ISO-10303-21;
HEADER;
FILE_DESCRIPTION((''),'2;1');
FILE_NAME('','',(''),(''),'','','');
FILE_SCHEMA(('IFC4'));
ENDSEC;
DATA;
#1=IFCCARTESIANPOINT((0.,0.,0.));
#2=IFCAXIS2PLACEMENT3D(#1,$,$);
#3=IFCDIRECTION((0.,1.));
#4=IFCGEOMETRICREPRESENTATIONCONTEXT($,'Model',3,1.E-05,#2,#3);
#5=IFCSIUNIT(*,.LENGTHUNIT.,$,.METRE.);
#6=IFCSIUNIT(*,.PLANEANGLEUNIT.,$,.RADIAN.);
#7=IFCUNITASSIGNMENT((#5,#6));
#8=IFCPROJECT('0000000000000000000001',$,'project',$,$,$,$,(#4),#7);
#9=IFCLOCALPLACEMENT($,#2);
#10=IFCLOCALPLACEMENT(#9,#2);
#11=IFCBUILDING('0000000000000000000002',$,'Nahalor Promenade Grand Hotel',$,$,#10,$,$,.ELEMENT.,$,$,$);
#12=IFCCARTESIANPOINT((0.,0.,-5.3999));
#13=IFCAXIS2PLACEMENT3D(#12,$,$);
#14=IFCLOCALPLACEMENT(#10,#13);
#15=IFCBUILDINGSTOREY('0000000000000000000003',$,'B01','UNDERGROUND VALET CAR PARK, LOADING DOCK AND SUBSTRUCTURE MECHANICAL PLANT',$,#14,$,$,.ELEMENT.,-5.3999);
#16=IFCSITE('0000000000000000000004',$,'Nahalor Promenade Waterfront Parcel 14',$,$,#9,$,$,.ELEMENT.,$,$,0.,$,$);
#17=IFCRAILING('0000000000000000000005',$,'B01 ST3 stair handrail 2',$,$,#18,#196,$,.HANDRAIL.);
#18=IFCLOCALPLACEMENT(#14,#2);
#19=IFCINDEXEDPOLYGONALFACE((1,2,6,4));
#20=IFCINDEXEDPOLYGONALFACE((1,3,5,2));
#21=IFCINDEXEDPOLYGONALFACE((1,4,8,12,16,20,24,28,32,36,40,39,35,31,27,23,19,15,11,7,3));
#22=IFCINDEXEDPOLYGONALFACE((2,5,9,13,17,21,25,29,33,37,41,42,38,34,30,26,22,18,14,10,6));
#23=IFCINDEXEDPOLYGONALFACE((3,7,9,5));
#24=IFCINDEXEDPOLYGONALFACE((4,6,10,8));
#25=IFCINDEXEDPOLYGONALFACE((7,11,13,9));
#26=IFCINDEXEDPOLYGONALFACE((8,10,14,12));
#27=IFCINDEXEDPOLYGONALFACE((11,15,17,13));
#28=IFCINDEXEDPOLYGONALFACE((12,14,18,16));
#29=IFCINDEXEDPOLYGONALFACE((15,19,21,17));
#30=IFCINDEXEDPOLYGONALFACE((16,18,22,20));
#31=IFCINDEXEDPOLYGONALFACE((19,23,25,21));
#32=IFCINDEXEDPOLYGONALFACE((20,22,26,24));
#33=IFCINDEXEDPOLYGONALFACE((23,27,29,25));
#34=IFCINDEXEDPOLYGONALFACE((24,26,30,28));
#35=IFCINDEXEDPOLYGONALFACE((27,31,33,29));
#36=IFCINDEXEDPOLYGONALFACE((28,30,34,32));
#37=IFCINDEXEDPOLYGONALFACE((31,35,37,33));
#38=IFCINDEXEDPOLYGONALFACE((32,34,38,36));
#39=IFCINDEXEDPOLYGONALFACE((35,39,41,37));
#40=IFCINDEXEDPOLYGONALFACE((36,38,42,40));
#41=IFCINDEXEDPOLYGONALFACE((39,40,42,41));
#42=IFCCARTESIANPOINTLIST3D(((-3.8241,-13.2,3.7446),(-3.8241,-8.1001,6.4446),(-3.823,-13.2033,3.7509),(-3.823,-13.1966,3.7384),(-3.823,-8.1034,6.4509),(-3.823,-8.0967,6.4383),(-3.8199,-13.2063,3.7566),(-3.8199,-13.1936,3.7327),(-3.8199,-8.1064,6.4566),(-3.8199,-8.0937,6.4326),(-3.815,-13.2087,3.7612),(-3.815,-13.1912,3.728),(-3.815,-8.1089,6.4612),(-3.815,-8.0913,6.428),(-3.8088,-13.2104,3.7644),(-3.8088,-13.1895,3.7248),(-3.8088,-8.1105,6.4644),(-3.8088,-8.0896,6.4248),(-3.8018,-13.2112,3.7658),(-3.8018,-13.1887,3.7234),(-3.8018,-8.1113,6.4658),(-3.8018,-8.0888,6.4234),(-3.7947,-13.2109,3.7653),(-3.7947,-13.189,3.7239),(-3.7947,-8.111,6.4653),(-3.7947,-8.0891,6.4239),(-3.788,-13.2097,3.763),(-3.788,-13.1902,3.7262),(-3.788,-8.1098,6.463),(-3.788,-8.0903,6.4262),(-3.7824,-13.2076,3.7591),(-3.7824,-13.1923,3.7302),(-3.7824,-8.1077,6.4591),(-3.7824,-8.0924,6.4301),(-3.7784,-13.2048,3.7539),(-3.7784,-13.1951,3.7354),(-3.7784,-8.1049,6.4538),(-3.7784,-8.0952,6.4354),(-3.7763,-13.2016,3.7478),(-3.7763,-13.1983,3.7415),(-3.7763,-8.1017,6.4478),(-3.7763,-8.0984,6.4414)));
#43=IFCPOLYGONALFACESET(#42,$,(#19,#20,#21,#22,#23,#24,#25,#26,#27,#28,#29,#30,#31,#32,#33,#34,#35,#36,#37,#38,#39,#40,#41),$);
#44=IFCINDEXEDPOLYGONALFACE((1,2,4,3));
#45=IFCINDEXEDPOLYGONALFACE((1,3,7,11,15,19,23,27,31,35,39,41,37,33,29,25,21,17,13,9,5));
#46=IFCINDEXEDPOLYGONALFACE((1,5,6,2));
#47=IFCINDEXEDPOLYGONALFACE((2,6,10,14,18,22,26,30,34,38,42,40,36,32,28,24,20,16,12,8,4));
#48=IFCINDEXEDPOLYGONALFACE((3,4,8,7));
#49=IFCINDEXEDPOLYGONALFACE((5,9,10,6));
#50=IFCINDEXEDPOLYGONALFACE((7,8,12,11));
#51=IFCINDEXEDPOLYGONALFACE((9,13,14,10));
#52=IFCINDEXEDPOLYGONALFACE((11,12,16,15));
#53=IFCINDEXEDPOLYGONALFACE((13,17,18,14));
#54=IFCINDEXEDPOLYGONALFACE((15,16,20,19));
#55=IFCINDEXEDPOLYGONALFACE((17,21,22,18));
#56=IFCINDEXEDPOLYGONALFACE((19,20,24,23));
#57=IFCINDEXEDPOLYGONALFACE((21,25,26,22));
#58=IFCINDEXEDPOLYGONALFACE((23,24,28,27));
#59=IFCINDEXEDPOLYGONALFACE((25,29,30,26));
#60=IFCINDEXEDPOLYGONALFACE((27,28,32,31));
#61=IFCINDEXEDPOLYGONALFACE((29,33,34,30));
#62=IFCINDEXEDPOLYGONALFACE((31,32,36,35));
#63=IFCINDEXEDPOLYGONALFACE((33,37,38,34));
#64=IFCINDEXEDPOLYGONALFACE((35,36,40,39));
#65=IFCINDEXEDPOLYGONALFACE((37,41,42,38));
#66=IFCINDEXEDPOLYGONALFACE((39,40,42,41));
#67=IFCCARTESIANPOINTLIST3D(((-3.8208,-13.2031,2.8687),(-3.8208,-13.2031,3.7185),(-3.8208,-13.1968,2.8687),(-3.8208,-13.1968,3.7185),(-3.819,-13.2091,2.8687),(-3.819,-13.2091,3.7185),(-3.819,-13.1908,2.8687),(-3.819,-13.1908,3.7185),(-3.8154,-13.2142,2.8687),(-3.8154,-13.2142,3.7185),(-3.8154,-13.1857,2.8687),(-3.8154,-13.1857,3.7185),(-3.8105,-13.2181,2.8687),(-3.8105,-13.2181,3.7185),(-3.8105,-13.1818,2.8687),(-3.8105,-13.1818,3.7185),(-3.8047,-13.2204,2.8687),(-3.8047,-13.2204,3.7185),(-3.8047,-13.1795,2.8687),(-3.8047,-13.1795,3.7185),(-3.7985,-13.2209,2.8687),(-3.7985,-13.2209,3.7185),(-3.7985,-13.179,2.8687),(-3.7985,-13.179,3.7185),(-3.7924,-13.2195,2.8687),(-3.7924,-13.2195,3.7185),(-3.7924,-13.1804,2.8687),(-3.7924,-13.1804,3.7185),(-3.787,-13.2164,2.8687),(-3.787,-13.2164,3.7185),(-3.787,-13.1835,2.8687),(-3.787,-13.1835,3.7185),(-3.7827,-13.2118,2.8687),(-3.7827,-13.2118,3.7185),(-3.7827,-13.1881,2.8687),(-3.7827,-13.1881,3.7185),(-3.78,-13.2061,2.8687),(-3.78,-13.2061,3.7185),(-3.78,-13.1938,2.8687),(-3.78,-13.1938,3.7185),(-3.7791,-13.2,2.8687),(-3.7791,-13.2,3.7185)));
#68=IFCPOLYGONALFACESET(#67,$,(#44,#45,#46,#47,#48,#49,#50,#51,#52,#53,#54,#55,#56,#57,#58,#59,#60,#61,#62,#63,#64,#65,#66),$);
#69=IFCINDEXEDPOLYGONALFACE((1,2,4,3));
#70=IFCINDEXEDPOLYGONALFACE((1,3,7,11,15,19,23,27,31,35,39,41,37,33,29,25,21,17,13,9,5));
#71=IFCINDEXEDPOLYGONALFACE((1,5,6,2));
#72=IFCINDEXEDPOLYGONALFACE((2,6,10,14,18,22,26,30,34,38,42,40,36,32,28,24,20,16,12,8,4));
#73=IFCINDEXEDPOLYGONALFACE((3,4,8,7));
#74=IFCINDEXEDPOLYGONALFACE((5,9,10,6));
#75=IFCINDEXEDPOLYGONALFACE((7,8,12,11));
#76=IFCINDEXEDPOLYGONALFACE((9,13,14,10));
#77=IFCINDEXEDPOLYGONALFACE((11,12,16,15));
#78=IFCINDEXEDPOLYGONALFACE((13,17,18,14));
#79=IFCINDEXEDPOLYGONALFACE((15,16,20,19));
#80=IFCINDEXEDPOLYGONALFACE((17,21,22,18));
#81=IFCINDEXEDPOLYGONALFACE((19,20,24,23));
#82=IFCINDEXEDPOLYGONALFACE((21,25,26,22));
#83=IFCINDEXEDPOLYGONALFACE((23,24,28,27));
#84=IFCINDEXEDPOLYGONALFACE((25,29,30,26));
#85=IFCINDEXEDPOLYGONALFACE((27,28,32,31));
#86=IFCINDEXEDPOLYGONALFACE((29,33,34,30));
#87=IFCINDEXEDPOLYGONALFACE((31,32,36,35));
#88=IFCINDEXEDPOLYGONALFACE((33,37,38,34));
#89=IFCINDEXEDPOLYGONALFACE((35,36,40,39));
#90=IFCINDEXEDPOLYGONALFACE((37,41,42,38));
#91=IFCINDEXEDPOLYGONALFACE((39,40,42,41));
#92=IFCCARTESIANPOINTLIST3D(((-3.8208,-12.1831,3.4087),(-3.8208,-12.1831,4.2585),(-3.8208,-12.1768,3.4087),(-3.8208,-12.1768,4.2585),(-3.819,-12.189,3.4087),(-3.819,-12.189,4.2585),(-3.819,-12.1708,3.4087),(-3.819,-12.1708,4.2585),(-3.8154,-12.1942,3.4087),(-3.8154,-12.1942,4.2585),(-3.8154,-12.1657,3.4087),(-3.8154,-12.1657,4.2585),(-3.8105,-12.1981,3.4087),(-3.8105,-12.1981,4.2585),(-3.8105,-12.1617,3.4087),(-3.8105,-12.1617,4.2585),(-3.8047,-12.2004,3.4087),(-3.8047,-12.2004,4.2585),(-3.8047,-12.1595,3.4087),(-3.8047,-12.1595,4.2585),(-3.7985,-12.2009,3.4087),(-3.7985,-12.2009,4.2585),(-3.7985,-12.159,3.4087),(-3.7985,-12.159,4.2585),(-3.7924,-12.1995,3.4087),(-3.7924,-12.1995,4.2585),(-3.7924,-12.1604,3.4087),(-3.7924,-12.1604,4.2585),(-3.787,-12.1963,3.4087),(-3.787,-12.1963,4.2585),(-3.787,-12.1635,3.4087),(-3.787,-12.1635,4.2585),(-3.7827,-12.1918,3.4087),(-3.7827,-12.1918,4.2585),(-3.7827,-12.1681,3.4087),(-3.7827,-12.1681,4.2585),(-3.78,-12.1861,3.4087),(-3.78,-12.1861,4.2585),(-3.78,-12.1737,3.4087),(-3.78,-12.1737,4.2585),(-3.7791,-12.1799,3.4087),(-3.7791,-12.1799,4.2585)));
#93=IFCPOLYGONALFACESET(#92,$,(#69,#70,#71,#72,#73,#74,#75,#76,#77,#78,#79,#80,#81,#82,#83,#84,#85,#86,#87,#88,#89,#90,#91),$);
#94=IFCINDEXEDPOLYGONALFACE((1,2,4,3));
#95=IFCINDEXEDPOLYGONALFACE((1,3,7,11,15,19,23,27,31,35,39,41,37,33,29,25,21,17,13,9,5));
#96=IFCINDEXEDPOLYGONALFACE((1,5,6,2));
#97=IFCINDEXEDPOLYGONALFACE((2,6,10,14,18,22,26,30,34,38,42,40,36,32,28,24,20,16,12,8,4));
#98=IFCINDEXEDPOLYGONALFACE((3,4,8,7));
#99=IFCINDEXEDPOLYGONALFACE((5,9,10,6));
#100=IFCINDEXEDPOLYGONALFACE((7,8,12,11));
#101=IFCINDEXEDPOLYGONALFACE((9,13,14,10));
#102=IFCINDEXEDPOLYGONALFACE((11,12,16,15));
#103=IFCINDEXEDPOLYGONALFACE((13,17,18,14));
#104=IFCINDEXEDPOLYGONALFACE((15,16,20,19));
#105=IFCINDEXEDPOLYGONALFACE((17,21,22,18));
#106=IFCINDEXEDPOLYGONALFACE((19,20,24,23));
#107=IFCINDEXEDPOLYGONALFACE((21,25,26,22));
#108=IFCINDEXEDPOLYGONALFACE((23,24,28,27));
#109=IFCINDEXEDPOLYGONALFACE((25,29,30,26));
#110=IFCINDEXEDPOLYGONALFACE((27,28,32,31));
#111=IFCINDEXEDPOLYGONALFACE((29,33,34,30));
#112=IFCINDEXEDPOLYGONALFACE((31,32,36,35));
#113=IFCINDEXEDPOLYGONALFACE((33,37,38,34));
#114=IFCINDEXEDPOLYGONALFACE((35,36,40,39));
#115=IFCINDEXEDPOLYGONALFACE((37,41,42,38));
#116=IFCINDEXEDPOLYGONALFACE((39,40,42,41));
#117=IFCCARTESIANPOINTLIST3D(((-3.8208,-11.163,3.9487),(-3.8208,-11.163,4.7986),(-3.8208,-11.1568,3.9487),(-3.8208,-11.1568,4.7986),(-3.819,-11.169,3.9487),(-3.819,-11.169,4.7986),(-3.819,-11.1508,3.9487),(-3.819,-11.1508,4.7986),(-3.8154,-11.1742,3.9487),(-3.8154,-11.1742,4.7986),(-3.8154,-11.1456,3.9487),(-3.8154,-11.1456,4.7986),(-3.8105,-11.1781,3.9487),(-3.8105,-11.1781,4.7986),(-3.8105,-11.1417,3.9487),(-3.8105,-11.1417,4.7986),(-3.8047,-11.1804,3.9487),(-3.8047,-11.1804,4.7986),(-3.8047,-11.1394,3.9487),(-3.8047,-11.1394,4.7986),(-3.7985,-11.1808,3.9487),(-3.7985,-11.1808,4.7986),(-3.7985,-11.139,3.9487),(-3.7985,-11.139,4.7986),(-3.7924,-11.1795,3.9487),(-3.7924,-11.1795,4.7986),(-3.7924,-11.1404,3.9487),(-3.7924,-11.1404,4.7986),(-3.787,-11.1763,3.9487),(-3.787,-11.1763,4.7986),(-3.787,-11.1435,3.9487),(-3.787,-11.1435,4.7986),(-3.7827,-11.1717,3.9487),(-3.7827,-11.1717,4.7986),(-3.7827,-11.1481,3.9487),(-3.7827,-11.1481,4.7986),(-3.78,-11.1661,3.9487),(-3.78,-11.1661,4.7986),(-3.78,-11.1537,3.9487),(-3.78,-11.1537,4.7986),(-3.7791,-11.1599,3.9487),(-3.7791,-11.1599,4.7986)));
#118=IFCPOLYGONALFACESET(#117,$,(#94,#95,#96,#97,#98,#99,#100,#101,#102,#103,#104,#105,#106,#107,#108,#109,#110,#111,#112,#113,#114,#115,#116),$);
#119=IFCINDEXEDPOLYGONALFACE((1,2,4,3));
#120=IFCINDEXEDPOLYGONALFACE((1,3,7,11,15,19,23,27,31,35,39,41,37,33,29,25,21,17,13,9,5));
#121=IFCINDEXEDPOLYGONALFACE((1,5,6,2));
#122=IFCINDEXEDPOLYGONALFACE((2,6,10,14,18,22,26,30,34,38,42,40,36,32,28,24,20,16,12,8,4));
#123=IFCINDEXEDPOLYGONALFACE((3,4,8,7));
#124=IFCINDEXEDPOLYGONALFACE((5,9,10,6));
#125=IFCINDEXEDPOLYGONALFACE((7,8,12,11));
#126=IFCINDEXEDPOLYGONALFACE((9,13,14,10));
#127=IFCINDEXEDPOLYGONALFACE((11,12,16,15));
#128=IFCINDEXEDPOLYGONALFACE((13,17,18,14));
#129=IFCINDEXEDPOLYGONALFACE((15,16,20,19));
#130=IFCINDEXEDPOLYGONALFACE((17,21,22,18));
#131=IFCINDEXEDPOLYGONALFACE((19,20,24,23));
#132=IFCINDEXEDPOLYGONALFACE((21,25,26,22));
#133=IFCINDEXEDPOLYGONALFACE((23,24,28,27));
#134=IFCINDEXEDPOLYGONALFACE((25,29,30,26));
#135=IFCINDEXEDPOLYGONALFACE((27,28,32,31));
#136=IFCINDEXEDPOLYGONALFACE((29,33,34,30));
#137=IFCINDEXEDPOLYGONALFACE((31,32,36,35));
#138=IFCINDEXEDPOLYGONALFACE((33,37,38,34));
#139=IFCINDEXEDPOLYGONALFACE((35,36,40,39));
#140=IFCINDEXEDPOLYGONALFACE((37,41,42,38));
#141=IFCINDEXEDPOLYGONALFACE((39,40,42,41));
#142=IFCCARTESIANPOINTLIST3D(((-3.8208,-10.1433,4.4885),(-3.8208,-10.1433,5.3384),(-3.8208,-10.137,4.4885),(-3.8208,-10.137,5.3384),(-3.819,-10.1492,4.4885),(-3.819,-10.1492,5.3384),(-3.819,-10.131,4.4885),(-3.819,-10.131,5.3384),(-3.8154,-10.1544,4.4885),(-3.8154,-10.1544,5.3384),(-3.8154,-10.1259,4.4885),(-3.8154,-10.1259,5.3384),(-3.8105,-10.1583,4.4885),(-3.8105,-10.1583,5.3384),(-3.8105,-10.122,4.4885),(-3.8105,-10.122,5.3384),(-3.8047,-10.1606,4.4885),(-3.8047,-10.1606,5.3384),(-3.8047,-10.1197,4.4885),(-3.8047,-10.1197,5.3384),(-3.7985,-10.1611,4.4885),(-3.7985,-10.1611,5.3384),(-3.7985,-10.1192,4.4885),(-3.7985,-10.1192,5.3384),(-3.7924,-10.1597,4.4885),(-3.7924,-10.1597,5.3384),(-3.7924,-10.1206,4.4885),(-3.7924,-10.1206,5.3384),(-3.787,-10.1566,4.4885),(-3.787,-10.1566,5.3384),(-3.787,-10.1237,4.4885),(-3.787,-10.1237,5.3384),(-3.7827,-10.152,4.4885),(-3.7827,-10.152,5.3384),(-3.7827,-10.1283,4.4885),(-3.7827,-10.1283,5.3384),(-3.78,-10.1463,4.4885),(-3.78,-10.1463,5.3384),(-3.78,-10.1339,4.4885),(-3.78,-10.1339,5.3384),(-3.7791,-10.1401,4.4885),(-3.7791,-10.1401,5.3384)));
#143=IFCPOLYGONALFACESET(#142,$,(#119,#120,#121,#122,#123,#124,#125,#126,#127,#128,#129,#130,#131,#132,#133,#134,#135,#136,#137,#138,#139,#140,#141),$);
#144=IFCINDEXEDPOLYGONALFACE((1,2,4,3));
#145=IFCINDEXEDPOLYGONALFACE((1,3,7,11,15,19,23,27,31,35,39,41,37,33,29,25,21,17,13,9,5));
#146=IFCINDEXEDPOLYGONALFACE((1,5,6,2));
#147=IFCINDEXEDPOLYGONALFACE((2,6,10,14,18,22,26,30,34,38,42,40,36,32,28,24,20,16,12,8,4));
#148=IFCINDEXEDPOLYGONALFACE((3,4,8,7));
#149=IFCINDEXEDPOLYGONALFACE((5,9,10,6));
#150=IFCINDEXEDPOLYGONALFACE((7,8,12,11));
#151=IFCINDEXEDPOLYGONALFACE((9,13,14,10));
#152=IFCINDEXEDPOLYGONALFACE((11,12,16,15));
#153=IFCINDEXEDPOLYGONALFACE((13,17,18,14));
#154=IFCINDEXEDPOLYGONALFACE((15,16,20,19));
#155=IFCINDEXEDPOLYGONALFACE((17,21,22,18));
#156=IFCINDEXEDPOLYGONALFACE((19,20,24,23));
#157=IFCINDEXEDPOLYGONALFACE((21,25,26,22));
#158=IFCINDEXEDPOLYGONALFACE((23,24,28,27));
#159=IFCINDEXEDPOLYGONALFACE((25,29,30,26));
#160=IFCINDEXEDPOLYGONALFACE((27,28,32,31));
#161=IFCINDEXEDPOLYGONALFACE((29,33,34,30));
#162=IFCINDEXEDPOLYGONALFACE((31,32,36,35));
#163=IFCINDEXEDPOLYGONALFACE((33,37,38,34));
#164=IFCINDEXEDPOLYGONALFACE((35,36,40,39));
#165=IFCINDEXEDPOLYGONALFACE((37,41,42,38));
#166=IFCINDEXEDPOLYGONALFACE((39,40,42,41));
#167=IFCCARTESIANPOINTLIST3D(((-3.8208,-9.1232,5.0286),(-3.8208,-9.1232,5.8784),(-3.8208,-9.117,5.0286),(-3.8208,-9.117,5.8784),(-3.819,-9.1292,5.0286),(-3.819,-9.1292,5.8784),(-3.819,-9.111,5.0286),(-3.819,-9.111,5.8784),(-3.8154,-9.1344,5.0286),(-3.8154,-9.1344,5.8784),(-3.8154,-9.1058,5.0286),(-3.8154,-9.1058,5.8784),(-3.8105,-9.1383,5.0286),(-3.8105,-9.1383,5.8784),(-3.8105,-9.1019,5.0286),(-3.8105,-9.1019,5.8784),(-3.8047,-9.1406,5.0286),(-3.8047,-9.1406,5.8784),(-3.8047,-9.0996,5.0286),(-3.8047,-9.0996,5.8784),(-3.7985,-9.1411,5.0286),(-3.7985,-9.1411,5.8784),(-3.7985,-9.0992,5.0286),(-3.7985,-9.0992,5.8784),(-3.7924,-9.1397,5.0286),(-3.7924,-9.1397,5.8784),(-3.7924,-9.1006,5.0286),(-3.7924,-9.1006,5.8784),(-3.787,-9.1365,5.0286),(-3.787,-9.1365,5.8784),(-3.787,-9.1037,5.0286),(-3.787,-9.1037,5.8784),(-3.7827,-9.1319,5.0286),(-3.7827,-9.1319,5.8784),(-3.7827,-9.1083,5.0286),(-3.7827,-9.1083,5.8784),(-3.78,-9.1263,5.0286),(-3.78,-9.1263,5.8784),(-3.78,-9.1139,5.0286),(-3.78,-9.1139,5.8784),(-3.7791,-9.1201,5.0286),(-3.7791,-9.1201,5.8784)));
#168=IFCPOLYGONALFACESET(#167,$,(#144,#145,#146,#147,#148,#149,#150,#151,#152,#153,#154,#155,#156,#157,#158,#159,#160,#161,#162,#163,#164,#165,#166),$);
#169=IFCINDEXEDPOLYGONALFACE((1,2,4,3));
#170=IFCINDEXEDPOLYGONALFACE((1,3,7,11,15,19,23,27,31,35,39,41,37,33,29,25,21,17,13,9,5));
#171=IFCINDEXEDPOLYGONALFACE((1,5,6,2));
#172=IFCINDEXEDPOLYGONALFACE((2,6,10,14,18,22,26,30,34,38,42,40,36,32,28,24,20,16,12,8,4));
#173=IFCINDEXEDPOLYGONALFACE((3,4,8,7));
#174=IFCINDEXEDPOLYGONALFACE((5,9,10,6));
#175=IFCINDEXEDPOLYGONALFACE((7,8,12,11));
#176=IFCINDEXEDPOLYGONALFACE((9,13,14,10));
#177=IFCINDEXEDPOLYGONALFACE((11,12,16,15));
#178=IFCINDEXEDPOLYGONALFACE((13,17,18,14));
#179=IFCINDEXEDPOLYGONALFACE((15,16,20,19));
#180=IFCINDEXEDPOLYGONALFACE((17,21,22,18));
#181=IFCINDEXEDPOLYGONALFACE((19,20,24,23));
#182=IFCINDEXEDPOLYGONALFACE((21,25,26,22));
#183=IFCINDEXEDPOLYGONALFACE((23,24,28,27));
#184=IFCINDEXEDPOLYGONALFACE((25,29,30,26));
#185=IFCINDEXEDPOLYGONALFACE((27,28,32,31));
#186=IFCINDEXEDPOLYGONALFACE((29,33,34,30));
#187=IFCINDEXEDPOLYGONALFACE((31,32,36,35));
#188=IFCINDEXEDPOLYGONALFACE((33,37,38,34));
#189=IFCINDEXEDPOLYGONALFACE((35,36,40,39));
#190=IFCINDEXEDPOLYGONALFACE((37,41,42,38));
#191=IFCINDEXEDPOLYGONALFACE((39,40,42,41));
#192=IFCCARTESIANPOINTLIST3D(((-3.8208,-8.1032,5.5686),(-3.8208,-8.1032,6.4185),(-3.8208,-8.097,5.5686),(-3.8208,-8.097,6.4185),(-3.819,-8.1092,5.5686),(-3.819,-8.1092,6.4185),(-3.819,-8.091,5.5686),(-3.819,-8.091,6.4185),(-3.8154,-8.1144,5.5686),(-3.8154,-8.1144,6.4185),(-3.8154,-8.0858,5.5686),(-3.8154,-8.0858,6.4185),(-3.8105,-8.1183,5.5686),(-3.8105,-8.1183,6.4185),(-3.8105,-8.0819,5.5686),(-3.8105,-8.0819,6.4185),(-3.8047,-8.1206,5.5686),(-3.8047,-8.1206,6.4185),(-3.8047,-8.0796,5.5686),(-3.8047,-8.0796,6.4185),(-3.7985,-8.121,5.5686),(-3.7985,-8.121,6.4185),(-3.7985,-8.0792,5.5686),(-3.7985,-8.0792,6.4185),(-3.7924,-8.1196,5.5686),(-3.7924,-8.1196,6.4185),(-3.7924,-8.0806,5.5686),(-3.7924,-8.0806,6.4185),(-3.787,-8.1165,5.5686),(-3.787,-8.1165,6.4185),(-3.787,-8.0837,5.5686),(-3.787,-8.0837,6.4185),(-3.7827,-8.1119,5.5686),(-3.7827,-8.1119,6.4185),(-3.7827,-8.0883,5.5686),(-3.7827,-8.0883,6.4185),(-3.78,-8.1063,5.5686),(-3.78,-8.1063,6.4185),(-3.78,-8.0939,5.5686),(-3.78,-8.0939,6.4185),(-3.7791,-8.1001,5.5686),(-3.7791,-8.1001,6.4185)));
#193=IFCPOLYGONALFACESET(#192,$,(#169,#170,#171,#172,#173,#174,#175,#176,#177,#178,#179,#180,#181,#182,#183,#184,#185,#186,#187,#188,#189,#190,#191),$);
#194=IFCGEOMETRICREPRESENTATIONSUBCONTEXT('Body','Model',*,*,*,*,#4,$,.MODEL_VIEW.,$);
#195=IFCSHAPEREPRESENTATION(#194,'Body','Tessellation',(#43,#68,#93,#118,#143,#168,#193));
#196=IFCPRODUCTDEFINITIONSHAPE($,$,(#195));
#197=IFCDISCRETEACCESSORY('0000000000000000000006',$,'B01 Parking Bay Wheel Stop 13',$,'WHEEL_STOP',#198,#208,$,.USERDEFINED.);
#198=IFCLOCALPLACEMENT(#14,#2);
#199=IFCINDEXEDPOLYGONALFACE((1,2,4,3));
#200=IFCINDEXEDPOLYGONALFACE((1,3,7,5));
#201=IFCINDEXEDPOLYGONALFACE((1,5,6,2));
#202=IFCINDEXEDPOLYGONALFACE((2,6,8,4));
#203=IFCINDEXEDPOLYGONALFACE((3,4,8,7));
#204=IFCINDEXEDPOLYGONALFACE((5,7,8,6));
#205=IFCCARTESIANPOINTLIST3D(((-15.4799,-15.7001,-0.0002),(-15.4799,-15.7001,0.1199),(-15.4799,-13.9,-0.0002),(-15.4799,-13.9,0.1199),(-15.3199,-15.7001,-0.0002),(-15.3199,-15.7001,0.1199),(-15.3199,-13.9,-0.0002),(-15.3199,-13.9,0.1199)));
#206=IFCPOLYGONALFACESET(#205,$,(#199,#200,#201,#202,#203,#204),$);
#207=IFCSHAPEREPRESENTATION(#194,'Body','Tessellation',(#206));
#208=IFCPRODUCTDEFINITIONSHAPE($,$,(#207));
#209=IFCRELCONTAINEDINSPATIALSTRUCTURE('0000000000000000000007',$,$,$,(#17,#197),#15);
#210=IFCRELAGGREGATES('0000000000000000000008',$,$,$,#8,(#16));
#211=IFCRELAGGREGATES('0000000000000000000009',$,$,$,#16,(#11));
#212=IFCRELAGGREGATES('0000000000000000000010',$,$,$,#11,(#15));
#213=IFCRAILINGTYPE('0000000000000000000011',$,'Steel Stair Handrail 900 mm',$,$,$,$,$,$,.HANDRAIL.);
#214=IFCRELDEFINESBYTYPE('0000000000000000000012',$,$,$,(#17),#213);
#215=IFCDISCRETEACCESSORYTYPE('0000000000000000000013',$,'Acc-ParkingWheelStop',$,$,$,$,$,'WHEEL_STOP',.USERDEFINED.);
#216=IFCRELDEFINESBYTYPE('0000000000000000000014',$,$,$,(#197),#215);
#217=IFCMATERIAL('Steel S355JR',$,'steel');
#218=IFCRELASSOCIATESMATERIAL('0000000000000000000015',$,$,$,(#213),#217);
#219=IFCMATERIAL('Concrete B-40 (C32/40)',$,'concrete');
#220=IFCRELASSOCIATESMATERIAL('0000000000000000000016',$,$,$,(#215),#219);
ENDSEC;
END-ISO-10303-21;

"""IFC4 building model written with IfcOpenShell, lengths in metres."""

from ifc_helpers import new_model, si_unit, direction, frame, origin, origin_2d, place, context, subcontext, project, spatial, rectangle, circle, extrude, source, transform, mapped, material, type_object, element, save


model = new_model("IFC4")

# Units and contexts
model_context = context("Model", 3, precision=1e-05, world=origin(), true_north=direction((0.0, 1.0)))
body_context = subcontext(model_context, "Body", "Model", "MODEL_VIEW")
ifc_project = project(units=[si_unit("LENGTHUNIT", "METRE"), si_unit("PLANEANGLEUNIT", "RADIAN")], contexts=[model_context])

# Site, building, storey
site_placement = place(None, origin())
site = spatial("IfcSite", under=ifc_project, at=site_placement, Name="Nahalor Promenade Waterfront Parcel 14", CompositionType="ELEMENT", RefElevation=0.0)
building_placement = place(site_placement, origin())
building = spatial("IfcBuilding", under=site, at=building_placement, Name="Nahalor Promenade Grand Hotel", CompositionType="ELEMENT")
storey_placement = place(building_placement, frame((0.0, 0.0, -5.3999)))
storey = spatial("IfcBuildingStorey", under=building, at=storey_placement, Name="B01", Description="UNDERGROUND VALET CAR PARK, LOADING DOCK AND SUBSTRUCTURE MECHANICAL PLANT", CompositionType="ELEMENT", Elevation=-5.3999)

# Shared definitions
ifc_material_1 = material(Name="Steel S355JR", Category="steel")

# Railing
railing_type_1 = type_object("IfcRailingType", Name="Steel Stair Handrail 900 mm", PredefinedType="HANDRAIL", material=ifc_material_1)
railing_1_placement = place(storey_placement, frame((-3.8, -13.2, 2.8687)))
element("IfcRailing", 1, at=railing_1_placement, inside=storey, type_object=railing_type_1, Name="B01 ST3 stair handrail 2", PredefinedType="HANDRAIL", context=body_context, shape_type="SweptSolid", body=[
    extrude(circle(Radius=0.024, at=origin_2d()), frame((0.0, 0.0, 0.876), z_axis=(0.0, 0.883786, 0.467892), x_axis=(-1.0, 0.0, 0.0)), (0.0, 0.0, 1.0), 5.7705),
    extrude(circle(Radius=0.021, at=origin_2d()), origin(), (0.0, 0.0, 1.0), 0.8499),
    extrude(circle(Radius=0.021, at=origin_2d()), frame((0.0, 1.02, 0.54)), (0.0, 0.0, 1.0), 0.8499),
    extrude(circle(Radius=0.021, at=origin_2d()), frame((0.0, 2.04, 1.0801)), (0.0, 0.0, 1.0), 0.8499),
    extrude(circle(Radius=0.021, at=origin_2d()), frame((0.0, 3.0598, 1.6199)), (0.0, 0.0, 1.0), 0.8499),
    extrude(circle(Radius=0.021, at=origin_2d()), frame((0.0, 4.0798, 2.1599)), (0.0, 0.0, 1.0), 0.8499),
    extrude(circle(Radius=0.021, at=origin_2d()), frame((0.0, 5.0999, 2.7)), (0.0, 0.0, 1.0), 0.8499),
])

# Discrete accessory
ifc_material_2 = material(Name="Concrete B-40 (C32/40)", Category="concrete")
discrete_accessory_type = type_object("IfcDiscreteAccessoryType", Name="Acc-ParkingWheelStop", ElementType="WHEEL_STOP", PredefinedType="USERDEFINED", material=ifc_material_2)
shared_shape_1 = source(origin(), body_context, "Body", "SweptSolid", [
    extrude(rectangle(XDim=1.8, YDim=0.1599, at=origin_2d()), origin(), (0.0, 0.0, 1.0), 0.1201),
])
for number, where, z_axis, x_axis, name in (
    (2, (-15.3999, -14.8, -0.0002), (0.0, 0.0, 1.0), (0.0, 1.0, 0.0), "B01 Parking Bay Wheel Stop 13"),
):
    element("IfcDiscreteAccessory", number, at=place(storey_placement, frame(where, z_axis=z_axis, x_axis=x_axis)), inside=storey, type_object=discrete_accessory_type, Name=name, ObjectType="WHEEL_STOP", PredefinedType="USERDEFINED", context=body_context, shape_type="MappedRepresentation", body=[
        mapped(shared_shape_1, transform((0.0, 0.0, 0.0), scale=1.0)),
    ])

save(model, "model.ifc")
